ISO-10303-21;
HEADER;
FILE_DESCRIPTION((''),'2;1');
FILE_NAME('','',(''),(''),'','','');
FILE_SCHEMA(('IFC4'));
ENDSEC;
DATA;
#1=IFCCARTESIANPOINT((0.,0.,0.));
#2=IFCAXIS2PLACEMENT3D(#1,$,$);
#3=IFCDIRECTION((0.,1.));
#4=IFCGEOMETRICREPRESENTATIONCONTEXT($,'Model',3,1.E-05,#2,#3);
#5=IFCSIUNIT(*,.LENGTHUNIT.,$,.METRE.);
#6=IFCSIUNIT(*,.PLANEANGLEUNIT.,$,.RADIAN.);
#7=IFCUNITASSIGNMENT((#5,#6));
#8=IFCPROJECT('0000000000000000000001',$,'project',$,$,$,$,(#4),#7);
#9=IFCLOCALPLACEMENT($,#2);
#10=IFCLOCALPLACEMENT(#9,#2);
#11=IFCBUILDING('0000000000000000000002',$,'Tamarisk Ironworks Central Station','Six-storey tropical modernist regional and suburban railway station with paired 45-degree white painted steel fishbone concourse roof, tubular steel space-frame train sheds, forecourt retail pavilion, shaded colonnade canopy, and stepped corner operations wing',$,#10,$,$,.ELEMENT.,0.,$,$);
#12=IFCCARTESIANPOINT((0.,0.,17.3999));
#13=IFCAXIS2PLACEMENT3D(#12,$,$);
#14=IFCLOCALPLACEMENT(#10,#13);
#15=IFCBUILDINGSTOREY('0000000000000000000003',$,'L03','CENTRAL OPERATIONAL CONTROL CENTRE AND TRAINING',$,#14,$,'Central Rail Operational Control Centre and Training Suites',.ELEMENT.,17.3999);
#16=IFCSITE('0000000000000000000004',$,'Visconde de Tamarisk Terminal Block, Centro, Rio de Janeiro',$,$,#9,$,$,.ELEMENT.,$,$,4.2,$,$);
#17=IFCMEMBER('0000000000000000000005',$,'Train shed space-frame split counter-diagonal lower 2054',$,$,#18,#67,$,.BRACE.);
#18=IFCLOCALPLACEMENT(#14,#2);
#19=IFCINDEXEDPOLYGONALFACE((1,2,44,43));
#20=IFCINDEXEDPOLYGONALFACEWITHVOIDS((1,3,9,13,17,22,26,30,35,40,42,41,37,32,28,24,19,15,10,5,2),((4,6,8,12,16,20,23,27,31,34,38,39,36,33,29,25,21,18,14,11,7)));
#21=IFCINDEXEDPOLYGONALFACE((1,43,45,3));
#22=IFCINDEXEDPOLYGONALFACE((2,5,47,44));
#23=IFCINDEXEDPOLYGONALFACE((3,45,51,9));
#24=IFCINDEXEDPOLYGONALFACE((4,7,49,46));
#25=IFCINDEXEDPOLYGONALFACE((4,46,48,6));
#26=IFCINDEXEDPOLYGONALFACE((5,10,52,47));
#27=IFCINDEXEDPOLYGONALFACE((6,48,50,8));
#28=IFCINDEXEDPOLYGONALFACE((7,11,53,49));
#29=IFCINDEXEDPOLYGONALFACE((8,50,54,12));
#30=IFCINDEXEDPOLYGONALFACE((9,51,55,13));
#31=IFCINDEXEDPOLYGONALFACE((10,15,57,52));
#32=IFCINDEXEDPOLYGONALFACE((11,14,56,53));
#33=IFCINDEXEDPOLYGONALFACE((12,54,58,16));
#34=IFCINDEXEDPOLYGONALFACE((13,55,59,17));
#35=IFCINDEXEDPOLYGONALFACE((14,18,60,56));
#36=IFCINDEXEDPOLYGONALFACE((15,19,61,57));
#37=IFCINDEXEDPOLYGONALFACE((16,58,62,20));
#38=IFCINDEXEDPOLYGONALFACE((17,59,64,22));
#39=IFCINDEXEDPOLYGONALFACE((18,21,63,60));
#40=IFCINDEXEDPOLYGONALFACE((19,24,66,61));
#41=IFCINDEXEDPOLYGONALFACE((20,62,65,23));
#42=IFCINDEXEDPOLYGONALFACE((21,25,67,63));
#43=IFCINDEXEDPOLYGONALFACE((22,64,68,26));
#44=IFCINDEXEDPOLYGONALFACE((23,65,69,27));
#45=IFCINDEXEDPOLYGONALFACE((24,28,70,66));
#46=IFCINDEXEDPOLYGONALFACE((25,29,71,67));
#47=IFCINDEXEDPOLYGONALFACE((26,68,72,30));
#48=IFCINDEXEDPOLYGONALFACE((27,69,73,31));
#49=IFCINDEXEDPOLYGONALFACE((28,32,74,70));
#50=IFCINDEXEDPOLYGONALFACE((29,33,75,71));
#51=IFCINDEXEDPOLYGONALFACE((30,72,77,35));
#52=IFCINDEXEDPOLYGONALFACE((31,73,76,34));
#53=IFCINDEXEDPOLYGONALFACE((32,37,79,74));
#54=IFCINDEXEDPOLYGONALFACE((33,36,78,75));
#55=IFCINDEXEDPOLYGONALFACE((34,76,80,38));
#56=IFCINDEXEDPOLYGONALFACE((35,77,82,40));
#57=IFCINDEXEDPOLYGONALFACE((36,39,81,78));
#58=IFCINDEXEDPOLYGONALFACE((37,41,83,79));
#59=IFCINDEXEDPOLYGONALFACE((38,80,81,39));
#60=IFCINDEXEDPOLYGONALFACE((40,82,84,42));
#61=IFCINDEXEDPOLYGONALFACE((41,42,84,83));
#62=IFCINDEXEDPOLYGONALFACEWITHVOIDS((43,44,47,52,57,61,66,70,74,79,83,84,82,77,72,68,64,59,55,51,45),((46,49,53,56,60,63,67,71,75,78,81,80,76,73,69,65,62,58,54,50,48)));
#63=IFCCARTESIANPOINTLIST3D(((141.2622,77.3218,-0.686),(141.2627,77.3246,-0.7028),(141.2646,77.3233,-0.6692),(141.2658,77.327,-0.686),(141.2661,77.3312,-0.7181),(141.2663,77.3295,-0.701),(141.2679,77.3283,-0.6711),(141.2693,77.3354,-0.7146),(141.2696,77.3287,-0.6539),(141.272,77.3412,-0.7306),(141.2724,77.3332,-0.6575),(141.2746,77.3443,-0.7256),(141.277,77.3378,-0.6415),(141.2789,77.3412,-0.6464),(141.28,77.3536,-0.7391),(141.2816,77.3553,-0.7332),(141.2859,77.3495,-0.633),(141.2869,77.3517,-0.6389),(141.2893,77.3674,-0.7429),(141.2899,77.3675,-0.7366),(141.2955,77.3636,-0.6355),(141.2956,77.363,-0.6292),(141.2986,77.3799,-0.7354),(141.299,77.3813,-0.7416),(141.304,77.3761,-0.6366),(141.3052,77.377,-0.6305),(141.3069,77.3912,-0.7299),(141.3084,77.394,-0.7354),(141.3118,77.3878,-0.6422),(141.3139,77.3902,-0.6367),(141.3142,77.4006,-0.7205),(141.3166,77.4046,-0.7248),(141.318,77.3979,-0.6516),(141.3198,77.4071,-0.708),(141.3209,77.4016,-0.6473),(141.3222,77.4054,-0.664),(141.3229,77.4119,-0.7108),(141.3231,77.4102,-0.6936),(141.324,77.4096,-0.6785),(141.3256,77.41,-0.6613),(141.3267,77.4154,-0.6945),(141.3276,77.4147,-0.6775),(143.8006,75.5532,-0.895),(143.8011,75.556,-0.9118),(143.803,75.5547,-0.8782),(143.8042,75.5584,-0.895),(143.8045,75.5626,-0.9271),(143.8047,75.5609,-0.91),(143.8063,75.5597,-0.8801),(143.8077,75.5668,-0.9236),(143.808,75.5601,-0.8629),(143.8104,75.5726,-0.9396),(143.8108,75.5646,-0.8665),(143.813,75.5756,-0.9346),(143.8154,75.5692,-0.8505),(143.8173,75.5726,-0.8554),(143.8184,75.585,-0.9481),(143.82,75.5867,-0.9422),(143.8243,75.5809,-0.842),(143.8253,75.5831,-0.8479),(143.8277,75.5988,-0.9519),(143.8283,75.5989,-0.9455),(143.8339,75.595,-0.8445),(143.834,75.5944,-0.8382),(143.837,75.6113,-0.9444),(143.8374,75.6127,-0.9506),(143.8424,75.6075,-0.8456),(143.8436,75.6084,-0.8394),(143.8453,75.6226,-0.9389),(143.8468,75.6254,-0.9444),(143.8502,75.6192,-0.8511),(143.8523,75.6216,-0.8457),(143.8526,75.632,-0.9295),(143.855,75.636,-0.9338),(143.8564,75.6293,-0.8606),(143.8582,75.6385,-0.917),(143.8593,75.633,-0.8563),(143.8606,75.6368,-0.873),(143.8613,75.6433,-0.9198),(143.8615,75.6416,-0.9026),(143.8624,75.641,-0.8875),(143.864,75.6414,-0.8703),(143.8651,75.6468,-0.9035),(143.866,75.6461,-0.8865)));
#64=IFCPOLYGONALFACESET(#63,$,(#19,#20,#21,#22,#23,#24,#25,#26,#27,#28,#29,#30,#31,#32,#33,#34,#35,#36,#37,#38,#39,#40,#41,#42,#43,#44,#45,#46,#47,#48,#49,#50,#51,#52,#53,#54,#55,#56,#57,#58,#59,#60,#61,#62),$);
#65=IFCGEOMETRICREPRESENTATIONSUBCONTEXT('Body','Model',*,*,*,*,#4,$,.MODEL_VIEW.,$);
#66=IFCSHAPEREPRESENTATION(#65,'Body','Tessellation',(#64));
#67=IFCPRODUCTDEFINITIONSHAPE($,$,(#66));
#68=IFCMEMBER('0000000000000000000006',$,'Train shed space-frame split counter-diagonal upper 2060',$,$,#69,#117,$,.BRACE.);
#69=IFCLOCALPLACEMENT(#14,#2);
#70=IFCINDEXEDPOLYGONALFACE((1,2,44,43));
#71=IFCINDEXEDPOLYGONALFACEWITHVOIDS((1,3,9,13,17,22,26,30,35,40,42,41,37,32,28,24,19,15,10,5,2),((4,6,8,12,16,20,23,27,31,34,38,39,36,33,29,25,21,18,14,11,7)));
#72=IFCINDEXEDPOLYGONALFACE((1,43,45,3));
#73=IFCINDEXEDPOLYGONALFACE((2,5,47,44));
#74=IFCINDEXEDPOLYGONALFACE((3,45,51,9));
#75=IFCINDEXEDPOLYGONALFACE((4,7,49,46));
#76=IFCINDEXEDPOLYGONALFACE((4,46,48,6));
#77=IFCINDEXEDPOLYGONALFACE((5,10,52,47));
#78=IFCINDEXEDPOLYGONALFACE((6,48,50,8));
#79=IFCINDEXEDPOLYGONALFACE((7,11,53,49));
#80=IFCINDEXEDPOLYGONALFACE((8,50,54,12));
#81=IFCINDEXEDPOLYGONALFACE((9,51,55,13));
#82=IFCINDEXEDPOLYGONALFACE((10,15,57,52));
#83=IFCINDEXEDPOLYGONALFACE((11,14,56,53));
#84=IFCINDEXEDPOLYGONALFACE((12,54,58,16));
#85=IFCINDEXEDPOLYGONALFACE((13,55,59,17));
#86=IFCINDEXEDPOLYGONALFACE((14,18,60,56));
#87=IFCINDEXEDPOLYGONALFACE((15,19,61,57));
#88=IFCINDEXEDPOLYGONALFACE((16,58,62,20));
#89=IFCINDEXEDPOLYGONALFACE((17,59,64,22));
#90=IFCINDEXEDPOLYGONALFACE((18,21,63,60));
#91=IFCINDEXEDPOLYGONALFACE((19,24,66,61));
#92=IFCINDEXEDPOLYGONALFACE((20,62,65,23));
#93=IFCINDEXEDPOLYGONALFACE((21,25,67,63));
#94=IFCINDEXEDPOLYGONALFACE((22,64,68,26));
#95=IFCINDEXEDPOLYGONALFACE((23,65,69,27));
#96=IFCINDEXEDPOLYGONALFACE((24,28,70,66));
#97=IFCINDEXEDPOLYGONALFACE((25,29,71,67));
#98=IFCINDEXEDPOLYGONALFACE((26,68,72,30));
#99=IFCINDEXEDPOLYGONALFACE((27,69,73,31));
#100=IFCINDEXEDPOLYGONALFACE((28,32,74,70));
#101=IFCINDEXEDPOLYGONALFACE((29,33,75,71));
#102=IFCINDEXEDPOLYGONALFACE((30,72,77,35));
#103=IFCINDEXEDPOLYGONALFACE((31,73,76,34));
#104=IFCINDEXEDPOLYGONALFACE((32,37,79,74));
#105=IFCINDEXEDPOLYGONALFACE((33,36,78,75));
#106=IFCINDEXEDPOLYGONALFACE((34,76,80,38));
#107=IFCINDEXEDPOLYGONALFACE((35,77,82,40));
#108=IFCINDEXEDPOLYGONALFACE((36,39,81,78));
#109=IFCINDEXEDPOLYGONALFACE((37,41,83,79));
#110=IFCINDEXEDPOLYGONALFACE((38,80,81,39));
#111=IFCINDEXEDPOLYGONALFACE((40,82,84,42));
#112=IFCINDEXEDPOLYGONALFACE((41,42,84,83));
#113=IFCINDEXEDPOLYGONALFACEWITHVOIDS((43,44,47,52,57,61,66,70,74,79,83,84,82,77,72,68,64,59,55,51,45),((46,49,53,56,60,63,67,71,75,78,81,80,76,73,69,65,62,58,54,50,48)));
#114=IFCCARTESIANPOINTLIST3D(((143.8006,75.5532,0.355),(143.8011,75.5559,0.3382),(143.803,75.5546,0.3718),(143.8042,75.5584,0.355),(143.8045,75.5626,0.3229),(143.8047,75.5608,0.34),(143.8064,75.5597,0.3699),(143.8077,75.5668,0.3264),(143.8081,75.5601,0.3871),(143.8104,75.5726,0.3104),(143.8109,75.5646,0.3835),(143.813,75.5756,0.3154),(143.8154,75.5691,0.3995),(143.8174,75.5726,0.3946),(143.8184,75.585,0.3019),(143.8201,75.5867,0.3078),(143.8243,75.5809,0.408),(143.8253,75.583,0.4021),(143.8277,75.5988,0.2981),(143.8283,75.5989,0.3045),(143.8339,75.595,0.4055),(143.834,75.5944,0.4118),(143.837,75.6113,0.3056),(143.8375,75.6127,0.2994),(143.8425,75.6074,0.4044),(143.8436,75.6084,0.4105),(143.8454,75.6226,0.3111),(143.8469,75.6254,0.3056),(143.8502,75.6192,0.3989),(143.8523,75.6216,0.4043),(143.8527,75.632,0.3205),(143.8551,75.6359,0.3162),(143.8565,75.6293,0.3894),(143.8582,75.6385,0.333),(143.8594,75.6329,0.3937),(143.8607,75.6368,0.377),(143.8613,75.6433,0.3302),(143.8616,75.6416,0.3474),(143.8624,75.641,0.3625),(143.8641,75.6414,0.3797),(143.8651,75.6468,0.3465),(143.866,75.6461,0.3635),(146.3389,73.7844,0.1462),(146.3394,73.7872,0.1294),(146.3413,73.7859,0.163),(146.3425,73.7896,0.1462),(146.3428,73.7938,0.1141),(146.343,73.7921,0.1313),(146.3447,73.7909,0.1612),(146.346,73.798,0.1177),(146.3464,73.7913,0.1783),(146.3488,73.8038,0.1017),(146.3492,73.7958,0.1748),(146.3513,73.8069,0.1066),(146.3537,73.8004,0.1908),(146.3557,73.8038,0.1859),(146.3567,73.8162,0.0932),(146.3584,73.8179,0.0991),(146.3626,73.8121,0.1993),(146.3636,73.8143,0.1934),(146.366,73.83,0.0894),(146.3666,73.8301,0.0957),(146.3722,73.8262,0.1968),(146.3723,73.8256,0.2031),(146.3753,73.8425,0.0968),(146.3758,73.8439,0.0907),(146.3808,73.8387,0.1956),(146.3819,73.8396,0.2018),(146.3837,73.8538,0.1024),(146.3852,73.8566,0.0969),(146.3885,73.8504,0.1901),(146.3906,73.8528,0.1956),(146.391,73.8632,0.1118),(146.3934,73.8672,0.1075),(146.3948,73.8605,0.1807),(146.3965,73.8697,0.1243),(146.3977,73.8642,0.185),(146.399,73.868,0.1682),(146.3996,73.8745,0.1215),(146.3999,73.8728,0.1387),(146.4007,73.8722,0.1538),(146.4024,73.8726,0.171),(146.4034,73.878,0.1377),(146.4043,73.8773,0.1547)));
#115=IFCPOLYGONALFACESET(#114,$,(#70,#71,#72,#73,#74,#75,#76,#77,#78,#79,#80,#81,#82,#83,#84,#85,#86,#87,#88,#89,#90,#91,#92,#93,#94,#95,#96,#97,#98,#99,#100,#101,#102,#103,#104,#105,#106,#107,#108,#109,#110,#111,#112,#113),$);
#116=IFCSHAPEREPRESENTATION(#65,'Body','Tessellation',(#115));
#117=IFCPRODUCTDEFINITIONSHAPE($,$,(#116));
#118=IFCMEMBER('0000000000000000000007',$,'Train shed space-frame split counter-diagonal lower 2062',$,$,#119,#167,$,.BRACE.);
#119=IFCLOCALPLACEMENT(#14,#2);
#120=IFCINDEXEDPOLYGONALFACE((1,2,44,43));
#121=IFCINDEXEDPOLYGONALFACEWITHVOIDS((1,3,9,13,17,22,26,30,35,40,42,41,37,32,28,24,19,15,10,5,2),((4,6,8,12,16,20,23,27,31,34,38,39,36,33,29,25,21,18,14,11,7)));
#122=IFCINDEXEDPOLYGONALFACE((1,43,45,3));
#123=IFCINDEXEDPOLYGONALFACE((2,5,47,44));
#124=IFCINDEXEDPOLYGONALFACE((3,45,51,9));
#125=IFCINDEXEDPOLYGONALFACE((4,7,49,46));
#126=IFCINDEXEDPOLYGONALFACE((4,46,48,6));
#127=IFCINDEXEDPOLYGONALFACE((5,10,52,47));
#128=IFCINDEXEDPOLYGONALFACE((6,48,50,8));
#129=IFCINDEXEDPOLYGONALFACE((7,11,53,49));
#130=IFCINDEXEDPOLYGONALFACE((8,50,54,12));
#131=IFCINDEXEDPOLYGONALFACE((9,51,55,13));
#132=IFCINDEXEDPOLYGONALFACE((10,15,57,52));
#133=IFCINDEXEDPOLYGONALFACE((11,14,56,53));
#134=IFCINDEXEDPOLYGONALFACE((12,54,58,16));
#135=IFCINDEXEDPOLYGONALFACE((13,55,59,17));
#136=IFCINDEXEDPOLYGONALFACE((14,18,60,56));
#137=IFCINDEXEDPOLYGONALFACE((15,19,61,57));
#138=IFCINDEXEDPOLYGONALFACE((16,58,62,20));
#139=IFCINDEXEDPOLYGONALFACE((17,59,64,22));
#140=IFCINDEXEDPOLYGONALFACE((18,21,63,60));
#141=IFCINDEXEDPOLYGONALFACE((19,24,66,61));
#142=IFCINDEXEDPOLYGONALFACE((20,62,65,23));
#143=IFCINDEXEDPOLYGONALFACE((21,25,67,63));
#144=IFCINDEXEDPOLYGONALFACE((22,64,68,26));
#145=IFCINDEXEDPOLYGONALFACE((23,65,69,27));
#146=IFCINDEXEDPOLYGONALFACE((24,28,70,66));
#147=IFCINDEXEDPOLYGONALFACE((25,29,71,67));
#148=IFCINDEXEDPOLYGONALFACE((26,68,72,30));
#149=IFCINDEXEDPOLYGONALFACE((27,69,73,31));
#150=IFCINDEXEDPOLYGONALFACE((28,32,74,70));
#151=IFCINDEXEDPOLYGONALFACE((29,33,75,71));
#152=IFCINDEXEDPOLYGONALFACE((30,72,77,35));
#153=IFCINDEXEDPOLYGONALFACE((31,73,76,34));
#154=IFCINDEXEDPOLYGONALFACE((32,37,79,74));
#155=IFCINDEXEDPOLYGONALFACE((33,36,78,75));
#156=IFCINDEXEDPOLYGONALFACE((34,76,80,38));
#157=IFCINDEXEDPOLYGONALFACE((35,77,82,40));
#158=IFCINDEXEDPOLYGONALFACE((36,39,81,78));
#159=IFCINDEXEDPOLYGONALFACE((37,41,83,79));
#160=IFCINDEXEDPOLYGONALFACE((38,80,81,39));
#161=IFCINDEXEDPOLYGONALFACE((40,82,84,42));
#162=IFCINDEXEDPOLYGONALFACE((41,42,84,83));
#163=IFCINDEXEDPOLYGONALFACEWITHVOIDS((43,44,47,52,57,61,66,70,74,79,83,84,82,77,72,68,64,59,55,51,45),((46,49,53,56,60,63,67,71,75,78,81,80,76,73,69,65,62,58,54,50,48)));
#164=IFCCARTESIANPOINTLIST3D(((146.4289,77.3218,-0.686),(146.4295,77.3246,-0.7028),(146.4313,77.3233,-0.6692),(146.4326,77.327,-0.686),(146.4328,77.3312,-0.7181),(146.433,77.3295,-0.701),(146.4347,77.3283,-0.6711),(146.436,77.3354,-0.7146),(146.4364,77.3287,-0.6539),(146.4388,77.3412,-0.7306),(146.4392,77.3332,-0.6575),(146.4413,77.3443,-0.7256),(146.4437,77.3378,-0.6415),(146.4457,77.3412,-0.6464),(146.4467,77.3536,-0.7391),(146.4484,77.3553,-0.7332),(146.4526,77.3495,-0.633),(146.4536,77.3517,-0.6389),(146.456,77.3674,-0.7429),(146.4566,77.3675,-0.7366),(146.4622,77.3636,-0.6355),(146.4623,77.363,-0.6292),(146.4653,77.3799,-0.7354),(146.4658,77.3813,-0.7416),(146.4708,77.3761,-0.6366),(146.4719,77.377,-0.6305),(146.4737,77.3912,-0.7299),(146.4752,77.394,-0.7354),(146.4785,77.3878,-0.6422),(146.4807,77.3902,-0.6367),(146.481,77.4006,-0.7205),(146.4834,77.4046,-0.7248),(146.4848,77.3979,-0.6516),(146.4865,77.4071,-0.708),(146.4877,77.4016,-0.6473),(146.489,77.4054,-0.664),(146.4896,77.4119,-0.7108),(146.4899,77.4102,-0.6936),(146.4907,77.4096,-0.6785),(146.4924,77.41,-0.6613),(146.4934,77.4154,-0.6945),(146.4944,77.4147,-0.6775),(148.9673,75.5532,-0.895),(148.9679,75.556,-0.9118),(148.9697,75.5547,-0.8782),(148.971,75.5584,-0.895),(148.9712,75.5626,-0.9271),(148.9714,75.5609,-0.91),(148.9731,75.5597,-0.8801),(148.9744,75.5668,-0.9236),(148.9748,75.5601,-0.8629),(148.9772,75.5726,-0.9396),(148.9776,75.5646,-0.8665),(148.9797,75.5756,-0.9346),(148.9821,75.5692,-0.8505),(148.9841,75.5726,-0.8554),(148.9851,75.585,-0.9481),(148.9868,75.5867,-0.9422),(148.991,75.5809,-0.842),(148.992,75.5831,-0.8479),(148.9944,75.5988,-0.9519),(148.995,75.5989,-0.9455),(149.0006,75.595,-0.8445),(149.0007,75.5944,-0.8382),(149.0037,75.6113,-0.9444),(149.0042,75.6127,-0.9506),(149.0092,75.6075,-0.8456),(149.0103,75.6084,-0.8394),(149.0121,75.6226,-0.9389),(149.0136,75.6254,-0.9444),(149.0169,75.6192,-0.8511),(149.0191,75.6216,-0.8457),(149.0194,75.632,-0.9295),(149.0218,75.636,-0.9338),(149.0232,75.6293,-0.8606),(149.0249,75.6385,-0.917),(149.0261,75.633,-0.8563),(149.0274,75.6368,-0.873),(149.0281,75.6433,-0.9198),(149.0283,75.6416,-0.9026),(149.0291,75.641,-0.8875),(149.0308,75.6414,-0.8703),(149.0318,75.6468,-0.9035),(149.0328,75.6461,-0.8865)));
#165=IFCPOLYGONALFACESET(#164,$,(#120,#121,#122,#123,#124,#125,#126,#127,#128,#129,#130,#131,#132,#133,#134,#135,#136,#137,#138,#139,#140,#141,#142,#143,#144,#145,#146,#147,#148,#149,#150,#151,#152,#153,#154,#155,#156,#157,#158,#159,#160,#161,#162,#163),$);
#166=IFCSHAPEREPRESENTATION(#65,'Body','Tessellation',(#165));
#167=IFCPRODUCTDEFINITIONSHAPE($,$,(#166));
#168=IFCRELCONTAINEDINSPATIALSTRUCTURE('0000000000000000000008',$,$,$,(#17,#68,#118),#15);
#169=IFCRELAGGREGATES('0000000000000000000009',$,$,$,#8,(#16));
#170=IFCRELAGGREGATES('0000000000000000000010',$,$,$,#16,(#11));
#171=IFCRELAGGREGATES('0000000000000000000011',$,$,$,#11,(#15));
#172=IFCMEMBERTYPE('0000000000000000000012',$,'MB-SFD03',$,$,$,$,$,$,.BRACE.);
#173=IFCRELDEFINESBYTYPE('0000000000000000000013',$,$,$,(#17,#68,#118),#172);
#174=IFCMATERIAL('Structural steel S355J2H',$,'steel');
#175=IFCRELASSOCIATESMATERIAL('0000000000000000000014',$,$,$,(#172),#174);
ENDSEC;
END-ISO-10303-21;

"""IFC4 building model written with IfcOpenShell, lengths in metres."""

from ifc_helpers import new_model, si_unit, direction, frame, origin, origin_2d, place, context, subcontext, project, spatial, hollow_circle, extrude, material, material_profile, profile_set, type_object, element, save


model = new_model("IFC4")

# Units and contexts
model_context = context("Model", 3, precision=1e-05, world=origin(), true_north=direction((0.0, 1.0)))
body_context = subcontext(model_context, "Body", "Model", "MODEL_VIEW")
ifc_project = project(units=[si_unit("LENGTHUNIT", "METRE"), si_unit("PLANEANGLEUNIT", "RADIAN")], contexts=[model_context])

# Site, building, storey
site_placement = place(None, origin())
site = spatial("IfcSite", under=ifc_project, at=site_placement, Name="Visconde de Tamarisk Terminal Block, Centro, Rio de Janeiro", CompositionType="ELEMENT", RefElevation=4.2)
building_placement = place(site_placement, origin())
building = spatial("IfcBuilding", under=site, at=building_placement, Name="Tamarisk Ironworks Central Station", Description="Six-storey tropical modernist regional and suburban railway station with paired 45-degree white painted steel fishbone concourse roof, tubular steel space-frame train sheds, forecourt retail pavilion, shaded colonnade canopy, and stepped corner operations wing", CompositionType="ELEMENT", ElevationOfRefHeight=0.0)
storey_placement = place(building_placement, frame((0.0, 0.0, 17.3999)))
storey = spatial("IfcBuildingStorey", under=building, at=storey_placement, Name="L03", Description="CENTRAL OPERATIONAL CONTROL CENTRE AND TRAINING", LongName="Central Rail Operational Control Centre and Training Suites", CompositionType="ELEMENT", Elevation=17.3999)

# Members
ifc_material = material(Name="Structural steel S355J2H", Category="steel")
ifc_material_profile_1 = material_profile(ifc_material, hollow_circle(Radius=0.0571, WallThickness=0.0063, at=origin_2d()), Name="CHS 114.3x6.3")
ifc_profile_set_1 = profile_set([ifc_material_profile_1], Name="Structural steel S355J2H")
member_type_1 = type_object("IfcMemberType", Name="MB-SFD03", PredefinedType="BRACE", material=ifc_profile_set_1)
for number, where, z_axis, x_axis, name in (
    (1, (143.8333, 75.6001, -0.895), (-0.818621, 0.570366, 0.067398), (-0.571666, -0.820487, 0.0), "Train shed space-frame split counter-diagonal lower 2054"),
    (2, (146.3716, 73.8313, 0.1462), (-0.818589, 0.570422, 0.067317), (-0.571719, -0.82045, 0.0), "Train shed space-frame split counter-diagonal upper 2060"),
    (3, (149.0, 75.6001, -0.895), (-0.818621, 0.570366, 0.067398), (-0.571666, -0.820487, 0.0), "Train shed space-frame split counter-diagonal lower 2062"),
):
    element("IfcMember", number, at=place(storey_placement, frame(where, z_axis=z_axis, x_axis=x_axis)), inside=storey, type_object=member_type_1, Name=name, PredefinedType="BRACE", context=body_context, shape_type="SweptSolid", body=[
        extrude(hollow_circle(Radius=0.0571, WallThickness=0.0063, at=origin_2d()), origin(), (0.0, 0.0, 1.0), 3.1008),
    ])

save(model, "model.ifc")
